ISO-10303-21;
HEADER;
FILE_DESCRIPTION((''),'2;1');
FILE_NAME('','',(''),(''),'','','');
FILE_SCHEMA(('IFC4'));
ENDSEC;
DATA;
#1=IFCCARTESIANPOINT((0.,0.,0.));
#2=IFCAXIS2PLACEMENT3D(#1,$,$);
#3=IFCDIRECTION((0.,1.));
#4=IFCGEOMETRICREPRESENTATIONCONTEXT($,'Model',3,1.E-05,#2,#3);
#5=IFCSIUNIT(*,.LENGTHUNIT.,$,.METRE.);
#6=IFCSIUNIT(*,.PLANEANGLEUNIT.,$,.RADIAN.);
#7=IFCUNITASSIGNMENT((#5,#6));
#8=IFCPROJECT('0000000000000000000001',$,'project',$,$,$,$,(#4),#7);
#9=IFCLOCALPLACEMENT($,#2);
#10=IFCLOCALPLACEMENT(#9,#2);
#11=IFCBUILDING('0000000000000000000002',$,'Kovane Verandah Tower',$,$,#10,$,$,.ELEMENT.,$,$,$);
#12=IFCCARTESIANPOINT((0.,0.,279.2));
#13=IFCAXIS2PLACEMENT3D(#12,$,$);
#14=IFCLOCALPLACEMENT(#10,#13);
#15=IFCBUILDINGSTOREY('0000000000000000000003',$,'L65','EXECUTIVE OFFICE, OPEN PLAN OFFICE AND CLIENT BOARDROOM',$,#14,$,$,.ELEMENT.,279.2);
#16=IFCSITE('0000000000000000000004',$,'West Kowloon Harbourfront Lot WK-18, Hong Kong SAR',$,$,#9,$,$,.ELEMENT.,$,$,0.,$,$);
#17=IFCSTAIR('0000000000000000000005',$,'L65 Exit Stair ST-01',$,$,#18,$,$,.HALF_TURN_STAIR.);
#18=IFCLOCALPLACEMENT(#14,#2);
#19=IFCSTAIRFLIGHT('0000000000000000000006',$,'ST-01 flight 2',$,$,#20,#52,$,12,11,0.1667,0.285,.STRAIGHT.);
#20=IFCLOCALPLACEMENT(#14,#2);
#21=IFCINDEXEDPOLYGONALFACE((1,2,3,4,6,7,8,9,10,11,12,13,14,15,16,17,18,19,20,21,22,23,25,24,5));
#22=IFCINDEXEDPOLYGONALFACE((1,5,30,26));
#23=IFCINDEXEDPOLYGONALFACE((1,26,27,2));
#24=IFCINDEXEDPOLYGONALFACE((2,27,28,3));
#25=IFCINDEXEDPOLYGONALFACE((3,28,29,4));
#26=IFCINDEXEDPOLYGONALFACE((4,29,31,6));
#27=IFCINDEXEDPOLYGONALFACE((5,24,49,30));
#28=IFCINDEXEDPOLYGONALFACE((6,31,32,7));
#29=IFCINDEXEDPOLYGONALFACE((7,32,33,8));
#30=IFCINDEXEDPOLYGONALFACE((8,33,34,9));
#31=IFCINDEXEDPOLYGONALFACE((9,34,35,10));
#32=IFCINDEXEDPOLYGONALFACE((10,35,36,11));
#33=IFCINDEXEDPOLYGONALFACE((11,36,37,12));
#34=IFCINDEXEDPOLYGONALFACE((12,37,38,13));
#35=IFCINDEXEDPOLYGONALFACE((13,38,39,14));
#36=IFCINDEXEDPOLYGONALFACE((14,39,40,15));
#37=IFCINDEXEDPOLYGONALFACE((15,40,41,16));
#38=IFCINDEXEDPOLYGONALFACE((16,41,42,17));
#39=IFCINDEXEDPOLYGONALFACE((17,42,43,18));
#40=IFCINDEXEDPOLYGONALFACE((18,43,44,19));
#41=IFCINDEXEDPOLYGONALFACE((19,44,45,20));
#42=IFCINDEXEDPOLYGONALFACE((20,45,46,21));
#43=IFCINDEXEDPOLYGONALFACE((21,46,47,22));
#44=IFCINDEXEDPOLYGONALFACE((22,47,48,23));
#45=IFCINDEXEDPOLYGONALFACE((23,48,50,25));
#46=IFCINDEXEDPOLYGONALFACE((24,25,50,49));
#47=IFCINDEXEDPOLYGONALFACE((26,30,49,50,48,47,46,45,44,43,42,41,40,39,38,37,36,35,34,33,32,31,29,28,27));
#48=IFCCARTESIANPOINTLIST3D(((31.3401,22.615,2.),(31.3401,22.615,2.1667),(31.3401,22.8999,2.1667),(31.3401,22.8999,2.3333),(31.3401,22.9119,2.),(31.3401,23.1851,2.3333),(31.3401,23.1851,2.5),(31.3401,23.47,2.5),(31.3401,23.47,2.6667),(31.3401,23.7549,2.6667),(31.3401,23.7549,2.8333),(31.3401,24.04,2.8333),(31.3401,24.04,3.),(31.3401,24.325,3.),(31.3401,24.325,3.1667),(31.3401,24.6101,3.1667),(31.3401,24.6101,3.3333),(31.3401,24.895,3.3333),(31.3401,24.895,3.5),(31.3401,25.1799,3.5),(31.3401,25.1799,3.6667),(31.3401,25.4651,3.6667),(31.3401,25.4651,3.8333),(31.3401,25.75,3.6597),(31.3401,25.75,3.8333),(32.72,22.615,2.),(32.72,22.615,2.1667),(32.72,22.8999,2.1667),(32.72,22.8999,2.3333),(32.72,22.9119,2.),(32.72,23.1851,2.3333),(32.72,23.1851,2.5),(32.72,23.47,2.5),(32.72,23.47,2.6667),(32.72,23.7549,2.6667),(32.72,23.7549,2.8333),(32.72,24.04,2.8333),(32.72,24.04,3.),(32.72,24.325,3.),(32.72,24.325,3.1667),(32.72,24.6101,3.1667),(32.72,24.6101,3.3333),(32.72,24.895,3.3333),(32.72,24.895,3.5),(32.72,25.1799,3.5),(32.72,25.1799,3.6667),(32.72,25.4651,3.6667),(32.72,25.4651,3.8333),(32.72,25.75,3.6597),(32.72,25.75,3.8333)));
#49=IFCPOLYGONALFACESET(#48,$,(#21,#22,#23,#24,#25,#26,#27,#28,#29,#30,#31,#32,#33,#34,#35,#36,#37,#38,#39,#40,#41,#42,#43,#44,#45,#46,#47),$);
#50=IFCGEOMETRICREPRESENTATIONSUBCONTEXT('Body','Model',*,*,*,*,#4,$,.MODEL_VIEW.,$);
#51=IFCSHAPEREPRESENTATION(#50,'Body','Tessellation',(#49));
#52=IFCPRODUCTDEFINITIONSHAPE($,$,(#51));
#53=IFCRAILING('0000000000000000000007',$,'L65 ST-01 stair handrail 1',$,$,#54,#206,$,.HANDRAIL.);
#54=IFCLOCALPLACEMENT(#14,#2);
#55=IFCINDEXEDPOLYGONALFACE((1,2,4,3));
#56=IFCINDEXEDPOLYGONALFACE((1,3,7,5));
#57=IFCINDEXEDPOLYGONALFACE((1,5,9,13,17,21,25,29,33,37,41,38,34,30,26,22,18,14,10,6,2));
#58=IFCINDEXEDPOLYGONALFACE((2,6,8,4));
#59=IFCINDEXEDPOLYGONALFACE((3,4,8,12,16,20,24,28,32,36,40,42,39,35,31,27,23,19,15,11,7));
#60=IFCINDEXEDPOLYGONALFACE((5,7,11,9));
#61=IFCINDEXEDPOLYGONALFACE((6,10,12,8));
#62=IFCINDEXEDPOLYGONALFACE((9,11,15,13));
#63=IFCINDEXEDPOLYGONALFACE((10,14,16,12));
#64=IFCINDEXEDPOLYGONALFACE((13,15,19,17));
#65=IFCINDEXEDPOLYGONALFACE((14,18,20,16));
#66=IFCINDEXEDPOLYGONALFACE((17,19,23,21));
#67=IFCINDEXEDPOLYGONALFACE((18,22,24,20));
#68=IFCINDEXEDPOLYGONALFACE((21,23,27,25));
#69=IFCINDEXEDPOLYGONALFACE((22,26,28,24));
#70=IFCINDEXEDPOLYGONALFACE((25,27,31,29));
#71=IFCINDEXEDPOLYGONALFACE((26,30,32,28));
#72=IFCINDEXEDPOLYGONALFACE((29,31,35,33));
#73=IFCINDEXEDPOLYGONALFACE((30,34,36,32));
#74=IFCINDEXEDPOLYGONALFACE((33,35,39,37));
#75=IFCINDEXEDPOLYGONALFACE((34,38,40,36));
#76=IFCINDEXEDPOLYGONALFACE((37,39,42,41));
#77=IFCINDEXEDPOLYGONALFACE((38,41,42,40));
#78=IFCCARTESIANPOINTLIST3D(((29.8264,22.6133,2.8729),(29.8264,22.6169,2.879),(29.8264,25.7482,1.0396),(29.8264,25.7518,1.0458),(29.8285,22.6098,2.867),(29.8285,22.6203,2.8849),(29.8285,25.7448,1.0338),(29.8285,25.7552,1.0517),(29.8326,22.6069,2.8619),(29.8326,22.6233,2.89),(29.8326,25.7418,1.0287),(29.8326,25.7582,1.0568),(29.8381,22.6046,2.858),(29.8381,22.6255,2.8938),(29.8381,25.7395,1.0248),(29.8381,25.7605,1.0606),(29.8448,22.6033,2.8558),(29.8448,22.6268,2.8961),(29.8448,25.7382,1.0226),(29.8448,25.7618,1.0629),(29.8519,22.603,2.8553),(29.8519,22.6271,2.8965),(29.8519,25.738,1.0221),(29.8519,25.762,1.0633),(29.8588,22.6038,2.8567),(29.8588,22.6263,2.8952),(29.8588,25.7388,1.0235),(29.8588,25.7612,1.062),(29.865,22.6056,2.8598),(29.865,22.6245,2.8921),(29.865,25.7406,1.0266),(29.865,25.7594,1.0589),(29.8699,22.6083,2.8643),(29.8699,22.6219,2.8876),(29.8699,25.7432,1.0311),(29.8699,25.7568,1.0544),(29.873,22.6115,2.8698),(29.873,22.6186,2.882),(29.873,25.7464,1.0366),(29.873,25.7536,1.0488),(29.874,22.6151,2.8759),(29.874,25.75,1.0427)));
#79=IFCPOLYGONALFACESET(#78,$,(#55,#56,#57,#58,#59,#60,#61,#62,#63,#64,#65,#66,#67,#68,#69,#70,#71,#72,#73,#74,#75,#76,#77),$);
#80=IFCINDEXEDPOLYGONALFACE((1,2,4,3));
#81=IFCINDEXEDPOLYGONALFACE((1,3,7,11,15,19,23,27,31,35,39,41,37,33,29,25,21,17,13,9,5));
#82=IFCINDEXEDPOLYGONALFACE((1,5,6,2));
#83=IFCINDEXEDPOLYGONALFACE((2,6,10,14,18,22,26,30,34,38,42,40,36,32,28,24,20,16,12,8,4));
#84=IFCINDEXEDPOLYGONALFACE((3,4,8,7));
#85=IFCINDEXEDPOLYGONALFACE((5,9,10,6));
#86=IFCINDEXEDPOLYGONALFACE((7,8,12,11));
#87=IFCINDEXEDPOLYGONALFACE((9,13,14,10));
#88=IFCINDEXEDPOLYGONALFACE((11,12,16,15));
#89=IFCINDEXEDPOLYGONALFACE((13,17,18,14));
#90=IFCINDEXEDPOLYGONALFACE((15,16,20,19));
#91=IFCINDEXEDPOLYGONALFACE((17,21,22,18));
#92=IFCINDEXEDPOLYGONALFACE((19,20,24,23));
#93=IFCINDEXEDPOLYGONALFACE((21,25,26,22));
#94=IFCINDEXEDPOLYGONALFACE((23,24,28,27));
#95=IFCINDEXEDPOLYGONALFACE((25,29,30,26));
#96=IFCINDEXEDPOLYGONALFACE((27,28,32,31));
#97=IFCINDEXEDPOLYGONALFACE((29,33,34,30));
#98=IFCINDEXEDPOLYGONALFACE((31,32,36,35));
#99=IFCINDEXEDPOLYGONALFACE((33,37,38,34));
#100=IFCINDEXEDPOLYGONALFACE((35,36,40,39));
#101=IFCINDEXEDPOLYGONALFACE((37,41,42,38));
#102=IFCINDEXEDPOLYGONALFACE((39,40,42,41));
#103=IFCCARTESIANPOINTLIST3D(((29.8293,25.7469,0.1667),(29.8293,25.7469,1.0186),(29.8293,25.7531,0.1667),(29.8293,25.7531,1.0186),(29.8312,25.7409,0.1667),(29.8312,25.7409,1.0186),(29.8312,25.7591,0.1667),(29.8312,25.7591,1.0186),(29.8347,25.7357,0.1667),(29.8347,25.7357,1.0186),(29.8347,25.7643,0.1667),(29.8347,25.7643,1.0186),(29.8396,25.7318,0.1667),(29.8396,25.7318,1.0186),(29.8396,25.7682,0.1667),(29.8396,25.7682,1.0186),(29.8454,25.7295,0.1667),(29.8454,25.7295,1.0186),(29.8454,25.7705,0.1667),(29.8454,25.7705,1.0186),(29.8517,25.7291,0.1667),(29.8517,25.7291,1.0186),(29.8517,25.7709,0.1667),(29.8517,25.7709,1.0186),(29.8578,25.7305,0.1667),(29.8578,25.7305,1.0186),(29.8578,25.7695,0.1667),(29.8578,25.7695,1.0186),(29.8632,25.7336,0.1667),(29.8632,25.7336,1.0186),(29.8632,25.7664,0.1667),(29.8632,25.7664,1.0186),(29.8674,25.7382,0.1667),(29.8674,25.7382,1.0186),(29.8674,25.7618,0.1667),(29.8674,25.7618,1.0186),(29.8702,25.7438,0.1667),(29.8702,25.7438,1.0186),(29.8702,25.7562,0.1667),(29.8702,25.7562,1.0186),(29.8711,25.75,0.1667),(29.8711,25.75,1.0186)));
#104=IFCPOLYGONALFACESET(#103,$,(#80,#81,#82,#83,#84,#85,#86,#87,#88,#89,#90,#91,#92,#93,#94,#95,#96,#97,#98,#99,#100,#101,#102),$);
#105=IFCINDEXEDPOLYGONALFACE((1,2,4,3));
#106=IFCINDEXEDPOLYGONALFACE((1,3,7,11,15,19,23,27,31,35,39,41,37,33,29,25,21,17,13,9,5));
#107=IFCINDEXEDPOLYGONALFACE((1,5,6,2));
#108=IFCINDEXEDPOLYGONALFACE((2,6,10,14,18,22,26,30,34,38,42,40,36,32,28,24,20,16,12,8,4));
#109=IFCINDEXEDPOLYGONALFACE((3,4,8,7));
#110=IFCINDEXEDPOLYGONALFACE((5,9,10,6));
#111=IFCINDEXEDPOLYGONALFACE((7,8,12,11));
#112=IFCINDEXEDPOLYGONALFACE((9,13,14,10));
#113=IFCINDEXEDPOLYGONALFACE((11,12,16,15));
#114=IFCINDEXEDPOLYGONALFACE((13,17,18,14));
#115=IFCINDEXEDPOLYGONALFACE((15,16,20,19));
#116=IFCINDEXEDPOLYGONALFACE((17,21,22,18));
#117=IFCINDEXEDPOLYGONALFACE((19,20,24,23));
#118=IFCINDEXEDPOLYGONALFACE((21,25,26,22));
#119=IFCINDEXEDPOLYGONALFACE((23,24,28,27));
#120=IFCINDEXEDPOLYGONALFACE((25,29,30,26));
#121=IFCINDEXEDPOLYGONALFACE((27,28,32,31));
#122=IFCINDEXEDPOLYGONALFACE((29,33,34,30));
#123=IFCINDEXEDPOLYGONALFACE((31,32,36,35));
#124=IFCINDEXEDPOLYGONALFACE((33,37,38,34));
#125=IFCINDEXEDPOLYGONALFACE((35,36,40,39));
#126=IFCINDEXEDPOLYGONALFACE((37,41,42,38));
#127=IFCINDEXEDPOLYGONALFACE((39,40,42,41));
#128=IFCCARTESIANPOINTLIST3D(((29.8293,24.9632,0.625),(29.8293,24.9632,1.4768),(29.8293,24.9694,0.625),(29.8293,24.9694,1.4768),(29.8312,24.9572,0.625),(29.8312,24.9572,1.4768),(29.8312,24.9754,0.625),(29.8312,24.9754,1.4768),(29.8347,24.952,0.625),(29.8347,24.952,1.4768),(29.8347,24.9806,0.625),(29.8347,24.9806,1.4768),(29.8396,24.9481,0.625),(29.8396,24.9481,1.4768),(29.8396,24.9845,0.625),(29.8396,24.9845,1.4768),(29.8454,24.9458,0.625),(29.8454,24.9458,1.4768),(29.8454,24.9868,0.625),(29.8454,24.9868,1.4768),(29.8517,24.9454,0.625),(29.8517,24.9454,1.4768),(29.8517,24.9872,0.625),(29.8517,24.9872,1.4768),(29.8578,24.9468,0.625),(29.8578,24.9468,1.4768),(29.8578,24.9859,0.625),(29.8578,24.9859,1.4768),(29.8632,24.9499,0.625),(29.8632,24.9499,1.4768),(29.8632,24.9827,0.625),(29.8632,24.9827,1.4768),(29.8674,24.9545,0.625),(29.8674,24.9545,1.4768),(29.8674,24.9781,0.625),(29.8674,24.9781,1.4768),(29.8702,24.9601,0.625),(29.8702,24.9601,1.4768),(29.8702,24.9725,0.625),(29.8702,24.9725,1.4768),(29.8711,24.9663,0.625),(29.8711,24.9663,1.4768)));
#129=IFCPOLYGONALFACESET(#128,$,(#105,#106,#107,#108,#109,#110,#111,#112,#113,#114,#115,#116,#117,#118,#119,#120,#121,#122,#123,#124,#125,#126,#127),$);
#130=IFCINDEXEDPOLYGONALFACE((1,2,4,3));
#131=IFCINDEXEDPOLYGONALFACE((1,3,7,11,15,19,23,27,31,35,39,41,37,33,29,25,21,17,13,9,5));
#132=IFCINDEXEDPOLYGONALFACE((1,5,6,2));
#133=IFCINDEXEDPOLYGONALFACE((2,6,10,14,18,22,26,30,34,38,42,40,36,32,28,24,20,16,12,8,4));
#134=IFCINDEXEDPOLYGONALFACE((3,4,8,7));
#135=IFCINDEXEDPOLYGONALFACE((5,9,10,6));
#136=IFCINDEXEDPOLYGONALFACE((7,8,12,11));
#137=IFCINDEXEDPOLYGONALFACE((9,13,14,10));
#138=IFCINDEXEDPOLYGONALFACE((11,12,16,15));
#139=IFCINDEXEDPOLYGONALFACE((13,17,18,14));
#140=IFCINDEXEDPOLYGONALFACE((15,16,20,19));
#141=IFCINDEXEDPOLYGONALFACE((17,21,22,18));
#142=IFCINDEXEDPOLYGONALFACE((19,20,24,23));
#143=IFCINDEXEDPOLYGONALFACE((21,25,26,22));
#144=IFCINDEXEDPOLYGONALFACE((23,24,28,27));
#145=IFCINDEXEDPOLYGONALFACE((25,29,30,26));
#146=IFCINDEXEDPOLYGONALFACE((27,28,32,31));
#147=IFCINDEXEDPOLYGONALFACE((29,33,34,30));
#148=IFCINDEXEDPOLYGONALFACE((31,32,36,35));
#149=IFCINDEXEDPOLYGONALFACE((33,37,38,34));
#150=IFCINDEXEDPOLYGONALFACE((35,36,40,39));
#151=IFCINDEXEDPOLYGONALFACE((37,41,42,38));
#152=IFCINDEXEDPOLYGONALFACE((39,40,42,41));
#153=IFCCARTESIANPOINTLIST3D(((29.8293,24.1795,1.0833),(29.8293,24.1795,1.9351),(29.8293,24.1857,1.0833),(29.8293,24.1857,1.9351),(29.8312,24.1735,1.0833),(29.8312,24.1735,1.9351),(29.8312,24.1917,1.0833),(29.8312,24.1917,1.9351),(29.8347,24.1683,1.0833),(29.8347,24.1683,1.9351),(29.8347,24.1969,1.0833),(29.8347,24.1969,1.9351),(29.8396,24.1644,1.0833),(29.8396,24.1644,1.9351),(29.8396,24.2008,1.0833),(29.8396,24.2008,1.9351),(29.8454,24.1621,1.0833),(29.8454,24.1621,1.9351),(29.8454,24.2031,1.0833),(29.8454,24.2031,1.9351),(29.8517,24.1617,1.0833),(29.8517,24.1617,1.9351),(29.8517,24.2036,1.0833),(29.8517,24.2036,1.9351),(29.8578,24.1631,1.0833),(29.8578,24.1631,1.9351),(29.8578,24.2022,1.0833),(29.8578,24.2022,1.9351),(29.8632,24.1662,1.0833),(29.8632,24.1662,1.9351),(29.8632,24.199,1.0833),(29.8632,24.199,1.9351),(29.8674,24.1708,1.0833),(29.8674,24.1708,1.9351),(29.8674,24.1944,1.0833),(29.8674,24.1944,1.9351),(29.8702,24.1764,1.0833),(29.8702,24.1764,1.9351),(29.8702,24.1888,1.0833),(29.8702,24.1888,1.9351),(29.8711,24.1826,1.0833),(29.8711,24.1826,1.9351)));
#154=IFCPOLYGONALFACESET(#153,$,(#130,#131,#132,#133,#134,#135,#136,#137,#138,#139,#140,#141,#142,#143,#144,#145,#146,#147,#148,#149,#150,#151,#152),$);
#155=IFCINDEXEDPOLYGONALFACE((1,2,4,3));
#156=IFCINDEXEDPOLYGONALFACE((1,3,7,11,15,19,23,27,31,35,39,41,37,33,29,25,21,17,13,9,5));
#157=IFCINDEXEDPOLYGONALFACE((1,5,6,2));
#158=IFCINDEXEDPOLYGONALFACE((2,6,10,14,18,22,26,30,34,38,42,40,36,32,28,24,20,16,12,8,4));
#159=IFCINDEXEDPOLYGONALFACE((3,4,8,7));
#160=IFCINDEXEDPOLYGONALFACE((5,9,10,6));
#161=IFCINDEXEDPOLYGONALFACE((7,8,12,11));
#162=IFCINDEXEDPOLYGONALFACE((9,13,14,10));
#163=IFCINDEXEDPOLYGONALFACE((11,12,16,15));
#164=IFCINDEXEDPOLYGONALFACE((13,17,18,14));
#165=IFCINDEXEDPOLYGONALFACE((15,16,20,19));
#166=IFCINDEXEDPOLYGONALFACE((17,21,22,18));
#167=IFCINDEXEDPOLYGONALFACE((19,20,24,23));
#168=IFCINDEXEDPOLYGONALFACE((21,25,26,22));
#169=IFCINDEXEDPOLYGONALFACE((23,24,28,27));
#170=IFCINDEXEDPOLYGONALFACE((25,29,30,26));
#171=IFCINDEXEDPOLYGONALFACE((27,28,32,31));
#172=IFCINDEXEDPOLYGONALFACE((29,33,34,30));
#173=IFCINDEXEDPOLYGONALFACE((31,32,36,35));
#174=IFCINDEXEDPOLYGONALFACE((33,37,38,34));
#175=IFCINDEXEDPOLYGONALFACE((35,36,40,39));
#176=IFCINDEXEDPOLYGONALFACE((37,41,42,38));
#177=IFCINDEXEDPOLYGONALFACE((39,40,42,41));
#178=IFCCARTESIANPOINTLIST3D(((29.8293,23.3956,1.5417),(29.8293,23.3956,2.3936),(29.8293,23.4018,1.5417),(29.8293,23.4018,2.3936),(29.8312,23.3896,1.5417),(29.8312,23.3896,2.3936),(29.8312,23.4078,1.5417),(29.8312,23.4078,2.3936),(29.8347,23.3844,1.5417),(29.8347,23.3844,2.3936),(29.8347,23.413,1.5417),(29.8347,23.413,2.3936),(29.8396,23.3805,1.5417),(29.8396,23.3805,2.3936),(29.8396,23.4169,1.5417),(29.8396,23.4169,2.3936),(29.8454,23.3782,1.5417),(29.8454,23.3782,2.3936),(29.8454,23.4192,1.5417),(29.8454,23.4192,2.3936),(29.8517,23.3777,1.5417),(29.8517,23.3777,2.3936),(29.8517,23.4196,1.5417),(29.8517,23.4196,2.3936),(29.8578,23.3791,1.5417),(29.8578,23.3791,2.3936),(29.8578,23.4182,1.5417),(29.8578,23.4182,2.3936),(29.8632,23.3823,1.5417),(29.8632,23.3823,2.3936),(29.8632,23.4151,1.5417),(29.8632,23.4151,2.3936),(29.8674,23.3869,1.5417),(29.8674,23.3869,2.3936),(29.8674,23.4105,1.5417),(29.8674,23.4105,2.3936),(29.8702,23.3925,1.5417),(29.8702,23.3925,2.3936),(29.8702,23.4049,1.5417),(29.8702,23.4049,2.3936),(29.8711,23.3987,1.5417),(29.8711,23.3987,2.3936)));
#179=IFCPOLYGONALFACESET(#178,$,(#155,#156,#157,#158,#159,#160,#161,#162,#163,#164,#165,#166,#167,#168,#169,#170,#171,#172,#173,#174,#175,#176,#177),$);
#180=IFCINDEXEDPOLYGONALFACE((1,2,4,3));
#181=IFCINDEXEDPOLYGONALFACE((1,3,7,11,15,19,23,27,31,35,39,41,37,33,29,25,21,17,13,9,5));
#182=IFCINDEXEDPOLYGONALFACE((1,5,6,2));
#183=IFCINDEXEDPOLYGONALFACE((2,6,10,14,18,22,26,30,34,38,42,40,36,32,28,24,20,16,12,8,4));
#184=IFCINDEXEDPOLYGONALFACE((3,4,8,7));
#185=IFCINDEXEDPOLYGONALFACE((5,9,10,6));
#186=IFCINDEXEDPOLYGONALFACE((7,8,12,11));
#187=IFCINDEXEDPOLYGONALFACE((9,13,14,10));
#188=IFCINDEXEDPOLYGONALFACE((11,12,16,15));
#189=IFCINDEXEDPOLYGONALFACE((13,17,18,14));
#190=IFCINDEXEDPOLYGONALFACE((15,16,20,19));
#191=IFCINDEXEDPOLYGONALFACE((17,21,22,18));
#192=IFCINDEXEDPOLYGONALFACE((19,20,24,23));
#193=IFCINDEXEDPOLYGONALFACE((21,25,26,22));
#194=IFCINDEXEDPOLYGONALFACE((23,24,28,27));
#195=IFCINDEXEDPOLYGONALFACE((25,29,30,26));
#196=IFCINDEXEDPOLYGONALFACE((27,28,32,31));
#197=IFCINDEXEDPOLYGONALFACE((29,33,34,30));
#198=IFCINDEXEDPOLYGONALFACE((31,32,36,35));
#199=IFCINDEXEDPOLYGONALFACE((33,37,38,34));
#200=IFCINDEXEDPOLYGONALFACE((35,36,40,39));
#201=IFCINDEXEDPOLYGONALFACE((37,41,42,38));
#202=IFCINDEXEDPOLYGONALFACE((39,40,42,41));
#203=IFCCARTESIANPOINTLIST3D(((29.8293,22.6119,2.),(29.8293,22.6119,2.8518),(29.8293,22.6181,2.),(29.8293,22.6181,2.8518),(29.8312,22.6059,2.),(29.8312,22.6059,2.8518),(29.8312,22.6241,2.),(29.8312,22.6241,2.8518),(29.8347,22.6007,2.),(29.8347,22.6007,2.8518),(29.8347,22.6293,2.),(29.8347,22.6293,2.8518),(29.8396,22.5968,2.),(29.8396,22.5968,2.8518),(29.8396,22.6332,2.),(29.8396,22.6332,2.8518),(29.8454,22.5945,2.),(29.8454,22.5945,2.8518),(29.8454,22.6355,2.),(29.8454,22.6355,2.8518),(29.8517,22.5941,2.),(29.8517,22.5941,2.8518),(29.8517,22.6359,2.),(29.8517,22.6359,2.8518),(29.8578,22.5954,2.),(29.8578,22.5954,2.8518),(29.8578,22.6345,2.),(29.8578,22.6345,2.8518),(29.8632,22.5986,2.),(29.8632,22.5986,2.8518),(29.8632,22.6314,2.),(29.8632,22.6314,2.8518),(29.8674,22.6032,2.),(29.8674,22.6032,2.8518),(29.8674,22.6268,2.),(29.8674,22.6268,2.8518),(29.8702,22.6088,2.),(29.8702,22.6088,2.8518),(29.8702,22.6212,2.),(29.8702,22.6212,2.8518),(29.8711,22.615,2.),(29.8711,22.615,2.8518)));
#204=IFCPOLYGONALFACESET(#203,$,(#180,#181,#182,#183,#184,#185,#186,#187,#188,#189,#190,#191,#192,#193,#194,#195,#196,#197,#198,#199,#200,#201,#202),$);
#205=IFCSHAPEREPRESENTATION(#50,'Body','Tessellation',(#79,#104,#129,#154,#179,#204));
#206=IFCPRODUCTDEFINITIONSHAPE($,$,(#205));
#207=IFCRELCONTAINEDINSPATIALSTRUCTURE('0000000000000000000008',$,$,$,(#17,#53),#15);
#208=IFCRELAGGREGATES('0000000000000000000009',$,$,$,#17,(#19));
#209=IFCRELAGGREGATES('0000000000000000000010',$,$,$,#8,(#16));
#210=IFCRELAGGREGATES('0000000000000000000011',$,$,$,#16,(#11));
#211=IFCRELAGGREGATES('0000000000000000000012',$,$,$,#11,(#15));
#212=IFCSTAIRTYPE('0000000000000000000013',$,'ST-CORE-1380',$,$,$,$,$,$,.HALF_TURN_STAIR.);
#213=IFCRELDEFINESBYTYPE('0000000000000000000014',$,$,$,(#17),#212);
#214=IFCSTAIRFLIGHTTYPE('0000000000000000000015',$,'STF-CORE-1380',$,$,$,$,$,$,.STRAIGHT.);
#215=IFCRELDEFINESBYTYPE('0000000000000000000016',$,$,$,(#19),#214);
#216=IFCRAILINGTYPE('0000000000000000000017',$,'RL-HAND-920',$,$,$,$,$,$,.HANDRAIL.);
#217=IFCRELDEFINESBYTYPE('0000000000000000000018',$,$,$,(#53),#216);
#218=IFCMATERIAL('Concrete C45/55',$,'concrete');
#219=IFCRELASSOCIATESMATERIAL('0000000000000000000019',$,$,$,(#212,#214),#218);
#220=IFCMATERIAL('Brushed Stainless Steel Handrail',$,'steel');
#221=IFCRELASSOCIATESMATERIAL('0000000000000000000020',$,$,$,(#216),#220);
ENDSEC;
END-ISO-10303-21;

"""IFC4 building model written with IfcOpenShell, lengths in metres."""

from ifc_helpers import new_model, si_unit, direction, frame, origin, origin_2d, place, context, subcontext, project, spatial, polyline, circle, outline, extrude, material, type_object, element, aggregate, save


model = new_model("IFC4")

# Units and contexts
model_context = context("Model", 3, precision=1e-05, world=origin(), true_north=direction((0.0, 1.0)))
body_context = subcontext(model_context, "Body", "Model", "MODEL_VIEW")
ifc_project = project(units=[si_unit("LENGTHUNIT", "METRE"), si_unit("PLANEANGLEUNIT", "RADIAN")], contexts=[model_context])

# Site, building, storey
site_placement = place(None, origin())
site = spatial("IfcSite", under=ifc_project, at=site_placement, Name="West Kowloon Harbourfront Lot WK-18, Hong Kong SAR", CompositionType="ELEMENT", RefElevation=0.0)
building_placement = place(site_placement, origin())
building = spatial("IfcBuilding", under=site, at=building_placement, Name="Kovane Verandah Tower", CompositionType="ELEMENT")
storey_placement = place(building_placement, frame((0.0, 0.0, 279.2)))
storey = spatial("IfcBuildingStorey", under=building, at=storey_placement, Name="L65", Description="EXECUTIVE OFFICE, OPEN PLAN OFFICE AND CLIENT BOARDROOM", CompositionType="ELEMENT", Elevation=279.2)

# Shared definitions
ifc_material_1 = material(Name="Concrete C45/55", Category="concrete")

# Stair, stair flight
stair_type = type_object("IfcStairType", Name="ST-CORE-1380", PredefinedType="HALF_TURN_STAIR", material=ifc_material_1)
stair_placement = place(storey_placement, origin())
stair = element("IfcStair", 1, at=stair_placement, inside=storey, type_object=stair_type, Name="L65 Exit Stair ST-01", PredefinedType="HALF_TURN_STAIR")
stair_flight_type = type_object("IfcStairFlightType", Name="STF-CORE-1380", PredefinedType="STRAIGHT", material=ifc_material_1)
stair_flight_1_placement = place(storey_placement, frame((32.03, 22.615, 2.0), z_axis=(0.0, 0.0, 1.0), x_axis=(0.0, 1.0, 0.0)))
stair_flight_1 = element("IfcStairFlight", 2, at=stair_flight_1_placement, type_object=stair_flight_type, Name="ST-01 flight 2", NumberOfRisers=12, NumberOfTreads=11, PredefinedType="STRAIGHT", RiserHeight=0.1667, TreadLength=0.285, context=body_context, shape_type="SweptSolid", body=[
    extrude(outline(polyline([(0.0, 0.0), (0.0, 0.1667), (0.2849, 0.1667), (0.2849, 0.3333), (0.5701, 0.3333), (0.5701, 0.5), (0.855, 0.5), (0.855, 0.6667), (1.1399, 0.6667), (1.1399, 0.8333), (1.425, 0.8333), (1.425, 1.0), (1.71, 1.0), (1.71, 1.1667), (1.9951, 1.1667), (1.9951, 1.3333), (2.28, 1.3333), (2.28, 1.5), (2.5649, 1.5), (2.5649, 1.6667), (2.8501, 1.6667), (2.8501, 1.8333), (3.135, 1.8333), (3.135, 2.0), (3.135, 1.6597), (0.2969, 0.0), (0.0, 0.0)])), frame((0.0, 0.6899, 0.0), z_axis=(0.0, -1.0, 0.0), x_axis=(1.0, 0.0, 0.0)), (0.0, 0.0, 1.0), 1.3799),
])
aggregate(stair, [stair_flight_1])

# Railing
ifc_material_2 = material(Name="Brushed Stainless Steel Handrail", Category="steel")
railing_type_1 = type_object("IfcRailingType", Name="RL-HAND-920", PredefinedType="HANDRAIL", material=ifc_material_2)
railing_1_placement = place(storey_placement, frame((29.8501, 25.75, 0.1667)))
element("IfcRailing", 3, at=railing_1_placement, inside=storey, type_object=railing_type_1, Name="L65 ST-01 stair handrail 1", PredefinedType="HANDRAIL", context=body_context, shape_type="SweptSolid", body=[
    extrude(circle(Radius=0.0239, at=origin_2d()), frame((0.0, 0.0, 0.876), z_axis=(0.0, -0.86324, 0.504794), x_axis=(1.0, 0.0, 0.0)), (0.0, 0.0, 1.0), 3.6316),
    extrude(circle(Radius=0.021, at=origin_2d()), origin(), (0.0, 0.0, 1.0), 0.8518),
    extrude(circle(Radius=0.021, at=origin_2d()), frame((0.0, -0.7837, 0.4583)), (0.0, 0.0, 1.0), 0.8518),
    extrude(circle(Radius=0.021, at=origin_2d()), frame((0.0, -1.5674, 0.9165)), (0.0, 0.0, 1.0), 0.8518),
    extrude(circle(Radius=0.021, at=origin_2d()), frame((0.0, -2.3513, 1.375)), (0.0, 0.0, 1.0), 0.8518),
    extrude(circle(Radius=0.021, at=origin_2d()), frame((0.0, -3.135, 1.8333)), (0.0, 0.0, 1.0), 0.8518),
])

save(model, "model.ifc")
